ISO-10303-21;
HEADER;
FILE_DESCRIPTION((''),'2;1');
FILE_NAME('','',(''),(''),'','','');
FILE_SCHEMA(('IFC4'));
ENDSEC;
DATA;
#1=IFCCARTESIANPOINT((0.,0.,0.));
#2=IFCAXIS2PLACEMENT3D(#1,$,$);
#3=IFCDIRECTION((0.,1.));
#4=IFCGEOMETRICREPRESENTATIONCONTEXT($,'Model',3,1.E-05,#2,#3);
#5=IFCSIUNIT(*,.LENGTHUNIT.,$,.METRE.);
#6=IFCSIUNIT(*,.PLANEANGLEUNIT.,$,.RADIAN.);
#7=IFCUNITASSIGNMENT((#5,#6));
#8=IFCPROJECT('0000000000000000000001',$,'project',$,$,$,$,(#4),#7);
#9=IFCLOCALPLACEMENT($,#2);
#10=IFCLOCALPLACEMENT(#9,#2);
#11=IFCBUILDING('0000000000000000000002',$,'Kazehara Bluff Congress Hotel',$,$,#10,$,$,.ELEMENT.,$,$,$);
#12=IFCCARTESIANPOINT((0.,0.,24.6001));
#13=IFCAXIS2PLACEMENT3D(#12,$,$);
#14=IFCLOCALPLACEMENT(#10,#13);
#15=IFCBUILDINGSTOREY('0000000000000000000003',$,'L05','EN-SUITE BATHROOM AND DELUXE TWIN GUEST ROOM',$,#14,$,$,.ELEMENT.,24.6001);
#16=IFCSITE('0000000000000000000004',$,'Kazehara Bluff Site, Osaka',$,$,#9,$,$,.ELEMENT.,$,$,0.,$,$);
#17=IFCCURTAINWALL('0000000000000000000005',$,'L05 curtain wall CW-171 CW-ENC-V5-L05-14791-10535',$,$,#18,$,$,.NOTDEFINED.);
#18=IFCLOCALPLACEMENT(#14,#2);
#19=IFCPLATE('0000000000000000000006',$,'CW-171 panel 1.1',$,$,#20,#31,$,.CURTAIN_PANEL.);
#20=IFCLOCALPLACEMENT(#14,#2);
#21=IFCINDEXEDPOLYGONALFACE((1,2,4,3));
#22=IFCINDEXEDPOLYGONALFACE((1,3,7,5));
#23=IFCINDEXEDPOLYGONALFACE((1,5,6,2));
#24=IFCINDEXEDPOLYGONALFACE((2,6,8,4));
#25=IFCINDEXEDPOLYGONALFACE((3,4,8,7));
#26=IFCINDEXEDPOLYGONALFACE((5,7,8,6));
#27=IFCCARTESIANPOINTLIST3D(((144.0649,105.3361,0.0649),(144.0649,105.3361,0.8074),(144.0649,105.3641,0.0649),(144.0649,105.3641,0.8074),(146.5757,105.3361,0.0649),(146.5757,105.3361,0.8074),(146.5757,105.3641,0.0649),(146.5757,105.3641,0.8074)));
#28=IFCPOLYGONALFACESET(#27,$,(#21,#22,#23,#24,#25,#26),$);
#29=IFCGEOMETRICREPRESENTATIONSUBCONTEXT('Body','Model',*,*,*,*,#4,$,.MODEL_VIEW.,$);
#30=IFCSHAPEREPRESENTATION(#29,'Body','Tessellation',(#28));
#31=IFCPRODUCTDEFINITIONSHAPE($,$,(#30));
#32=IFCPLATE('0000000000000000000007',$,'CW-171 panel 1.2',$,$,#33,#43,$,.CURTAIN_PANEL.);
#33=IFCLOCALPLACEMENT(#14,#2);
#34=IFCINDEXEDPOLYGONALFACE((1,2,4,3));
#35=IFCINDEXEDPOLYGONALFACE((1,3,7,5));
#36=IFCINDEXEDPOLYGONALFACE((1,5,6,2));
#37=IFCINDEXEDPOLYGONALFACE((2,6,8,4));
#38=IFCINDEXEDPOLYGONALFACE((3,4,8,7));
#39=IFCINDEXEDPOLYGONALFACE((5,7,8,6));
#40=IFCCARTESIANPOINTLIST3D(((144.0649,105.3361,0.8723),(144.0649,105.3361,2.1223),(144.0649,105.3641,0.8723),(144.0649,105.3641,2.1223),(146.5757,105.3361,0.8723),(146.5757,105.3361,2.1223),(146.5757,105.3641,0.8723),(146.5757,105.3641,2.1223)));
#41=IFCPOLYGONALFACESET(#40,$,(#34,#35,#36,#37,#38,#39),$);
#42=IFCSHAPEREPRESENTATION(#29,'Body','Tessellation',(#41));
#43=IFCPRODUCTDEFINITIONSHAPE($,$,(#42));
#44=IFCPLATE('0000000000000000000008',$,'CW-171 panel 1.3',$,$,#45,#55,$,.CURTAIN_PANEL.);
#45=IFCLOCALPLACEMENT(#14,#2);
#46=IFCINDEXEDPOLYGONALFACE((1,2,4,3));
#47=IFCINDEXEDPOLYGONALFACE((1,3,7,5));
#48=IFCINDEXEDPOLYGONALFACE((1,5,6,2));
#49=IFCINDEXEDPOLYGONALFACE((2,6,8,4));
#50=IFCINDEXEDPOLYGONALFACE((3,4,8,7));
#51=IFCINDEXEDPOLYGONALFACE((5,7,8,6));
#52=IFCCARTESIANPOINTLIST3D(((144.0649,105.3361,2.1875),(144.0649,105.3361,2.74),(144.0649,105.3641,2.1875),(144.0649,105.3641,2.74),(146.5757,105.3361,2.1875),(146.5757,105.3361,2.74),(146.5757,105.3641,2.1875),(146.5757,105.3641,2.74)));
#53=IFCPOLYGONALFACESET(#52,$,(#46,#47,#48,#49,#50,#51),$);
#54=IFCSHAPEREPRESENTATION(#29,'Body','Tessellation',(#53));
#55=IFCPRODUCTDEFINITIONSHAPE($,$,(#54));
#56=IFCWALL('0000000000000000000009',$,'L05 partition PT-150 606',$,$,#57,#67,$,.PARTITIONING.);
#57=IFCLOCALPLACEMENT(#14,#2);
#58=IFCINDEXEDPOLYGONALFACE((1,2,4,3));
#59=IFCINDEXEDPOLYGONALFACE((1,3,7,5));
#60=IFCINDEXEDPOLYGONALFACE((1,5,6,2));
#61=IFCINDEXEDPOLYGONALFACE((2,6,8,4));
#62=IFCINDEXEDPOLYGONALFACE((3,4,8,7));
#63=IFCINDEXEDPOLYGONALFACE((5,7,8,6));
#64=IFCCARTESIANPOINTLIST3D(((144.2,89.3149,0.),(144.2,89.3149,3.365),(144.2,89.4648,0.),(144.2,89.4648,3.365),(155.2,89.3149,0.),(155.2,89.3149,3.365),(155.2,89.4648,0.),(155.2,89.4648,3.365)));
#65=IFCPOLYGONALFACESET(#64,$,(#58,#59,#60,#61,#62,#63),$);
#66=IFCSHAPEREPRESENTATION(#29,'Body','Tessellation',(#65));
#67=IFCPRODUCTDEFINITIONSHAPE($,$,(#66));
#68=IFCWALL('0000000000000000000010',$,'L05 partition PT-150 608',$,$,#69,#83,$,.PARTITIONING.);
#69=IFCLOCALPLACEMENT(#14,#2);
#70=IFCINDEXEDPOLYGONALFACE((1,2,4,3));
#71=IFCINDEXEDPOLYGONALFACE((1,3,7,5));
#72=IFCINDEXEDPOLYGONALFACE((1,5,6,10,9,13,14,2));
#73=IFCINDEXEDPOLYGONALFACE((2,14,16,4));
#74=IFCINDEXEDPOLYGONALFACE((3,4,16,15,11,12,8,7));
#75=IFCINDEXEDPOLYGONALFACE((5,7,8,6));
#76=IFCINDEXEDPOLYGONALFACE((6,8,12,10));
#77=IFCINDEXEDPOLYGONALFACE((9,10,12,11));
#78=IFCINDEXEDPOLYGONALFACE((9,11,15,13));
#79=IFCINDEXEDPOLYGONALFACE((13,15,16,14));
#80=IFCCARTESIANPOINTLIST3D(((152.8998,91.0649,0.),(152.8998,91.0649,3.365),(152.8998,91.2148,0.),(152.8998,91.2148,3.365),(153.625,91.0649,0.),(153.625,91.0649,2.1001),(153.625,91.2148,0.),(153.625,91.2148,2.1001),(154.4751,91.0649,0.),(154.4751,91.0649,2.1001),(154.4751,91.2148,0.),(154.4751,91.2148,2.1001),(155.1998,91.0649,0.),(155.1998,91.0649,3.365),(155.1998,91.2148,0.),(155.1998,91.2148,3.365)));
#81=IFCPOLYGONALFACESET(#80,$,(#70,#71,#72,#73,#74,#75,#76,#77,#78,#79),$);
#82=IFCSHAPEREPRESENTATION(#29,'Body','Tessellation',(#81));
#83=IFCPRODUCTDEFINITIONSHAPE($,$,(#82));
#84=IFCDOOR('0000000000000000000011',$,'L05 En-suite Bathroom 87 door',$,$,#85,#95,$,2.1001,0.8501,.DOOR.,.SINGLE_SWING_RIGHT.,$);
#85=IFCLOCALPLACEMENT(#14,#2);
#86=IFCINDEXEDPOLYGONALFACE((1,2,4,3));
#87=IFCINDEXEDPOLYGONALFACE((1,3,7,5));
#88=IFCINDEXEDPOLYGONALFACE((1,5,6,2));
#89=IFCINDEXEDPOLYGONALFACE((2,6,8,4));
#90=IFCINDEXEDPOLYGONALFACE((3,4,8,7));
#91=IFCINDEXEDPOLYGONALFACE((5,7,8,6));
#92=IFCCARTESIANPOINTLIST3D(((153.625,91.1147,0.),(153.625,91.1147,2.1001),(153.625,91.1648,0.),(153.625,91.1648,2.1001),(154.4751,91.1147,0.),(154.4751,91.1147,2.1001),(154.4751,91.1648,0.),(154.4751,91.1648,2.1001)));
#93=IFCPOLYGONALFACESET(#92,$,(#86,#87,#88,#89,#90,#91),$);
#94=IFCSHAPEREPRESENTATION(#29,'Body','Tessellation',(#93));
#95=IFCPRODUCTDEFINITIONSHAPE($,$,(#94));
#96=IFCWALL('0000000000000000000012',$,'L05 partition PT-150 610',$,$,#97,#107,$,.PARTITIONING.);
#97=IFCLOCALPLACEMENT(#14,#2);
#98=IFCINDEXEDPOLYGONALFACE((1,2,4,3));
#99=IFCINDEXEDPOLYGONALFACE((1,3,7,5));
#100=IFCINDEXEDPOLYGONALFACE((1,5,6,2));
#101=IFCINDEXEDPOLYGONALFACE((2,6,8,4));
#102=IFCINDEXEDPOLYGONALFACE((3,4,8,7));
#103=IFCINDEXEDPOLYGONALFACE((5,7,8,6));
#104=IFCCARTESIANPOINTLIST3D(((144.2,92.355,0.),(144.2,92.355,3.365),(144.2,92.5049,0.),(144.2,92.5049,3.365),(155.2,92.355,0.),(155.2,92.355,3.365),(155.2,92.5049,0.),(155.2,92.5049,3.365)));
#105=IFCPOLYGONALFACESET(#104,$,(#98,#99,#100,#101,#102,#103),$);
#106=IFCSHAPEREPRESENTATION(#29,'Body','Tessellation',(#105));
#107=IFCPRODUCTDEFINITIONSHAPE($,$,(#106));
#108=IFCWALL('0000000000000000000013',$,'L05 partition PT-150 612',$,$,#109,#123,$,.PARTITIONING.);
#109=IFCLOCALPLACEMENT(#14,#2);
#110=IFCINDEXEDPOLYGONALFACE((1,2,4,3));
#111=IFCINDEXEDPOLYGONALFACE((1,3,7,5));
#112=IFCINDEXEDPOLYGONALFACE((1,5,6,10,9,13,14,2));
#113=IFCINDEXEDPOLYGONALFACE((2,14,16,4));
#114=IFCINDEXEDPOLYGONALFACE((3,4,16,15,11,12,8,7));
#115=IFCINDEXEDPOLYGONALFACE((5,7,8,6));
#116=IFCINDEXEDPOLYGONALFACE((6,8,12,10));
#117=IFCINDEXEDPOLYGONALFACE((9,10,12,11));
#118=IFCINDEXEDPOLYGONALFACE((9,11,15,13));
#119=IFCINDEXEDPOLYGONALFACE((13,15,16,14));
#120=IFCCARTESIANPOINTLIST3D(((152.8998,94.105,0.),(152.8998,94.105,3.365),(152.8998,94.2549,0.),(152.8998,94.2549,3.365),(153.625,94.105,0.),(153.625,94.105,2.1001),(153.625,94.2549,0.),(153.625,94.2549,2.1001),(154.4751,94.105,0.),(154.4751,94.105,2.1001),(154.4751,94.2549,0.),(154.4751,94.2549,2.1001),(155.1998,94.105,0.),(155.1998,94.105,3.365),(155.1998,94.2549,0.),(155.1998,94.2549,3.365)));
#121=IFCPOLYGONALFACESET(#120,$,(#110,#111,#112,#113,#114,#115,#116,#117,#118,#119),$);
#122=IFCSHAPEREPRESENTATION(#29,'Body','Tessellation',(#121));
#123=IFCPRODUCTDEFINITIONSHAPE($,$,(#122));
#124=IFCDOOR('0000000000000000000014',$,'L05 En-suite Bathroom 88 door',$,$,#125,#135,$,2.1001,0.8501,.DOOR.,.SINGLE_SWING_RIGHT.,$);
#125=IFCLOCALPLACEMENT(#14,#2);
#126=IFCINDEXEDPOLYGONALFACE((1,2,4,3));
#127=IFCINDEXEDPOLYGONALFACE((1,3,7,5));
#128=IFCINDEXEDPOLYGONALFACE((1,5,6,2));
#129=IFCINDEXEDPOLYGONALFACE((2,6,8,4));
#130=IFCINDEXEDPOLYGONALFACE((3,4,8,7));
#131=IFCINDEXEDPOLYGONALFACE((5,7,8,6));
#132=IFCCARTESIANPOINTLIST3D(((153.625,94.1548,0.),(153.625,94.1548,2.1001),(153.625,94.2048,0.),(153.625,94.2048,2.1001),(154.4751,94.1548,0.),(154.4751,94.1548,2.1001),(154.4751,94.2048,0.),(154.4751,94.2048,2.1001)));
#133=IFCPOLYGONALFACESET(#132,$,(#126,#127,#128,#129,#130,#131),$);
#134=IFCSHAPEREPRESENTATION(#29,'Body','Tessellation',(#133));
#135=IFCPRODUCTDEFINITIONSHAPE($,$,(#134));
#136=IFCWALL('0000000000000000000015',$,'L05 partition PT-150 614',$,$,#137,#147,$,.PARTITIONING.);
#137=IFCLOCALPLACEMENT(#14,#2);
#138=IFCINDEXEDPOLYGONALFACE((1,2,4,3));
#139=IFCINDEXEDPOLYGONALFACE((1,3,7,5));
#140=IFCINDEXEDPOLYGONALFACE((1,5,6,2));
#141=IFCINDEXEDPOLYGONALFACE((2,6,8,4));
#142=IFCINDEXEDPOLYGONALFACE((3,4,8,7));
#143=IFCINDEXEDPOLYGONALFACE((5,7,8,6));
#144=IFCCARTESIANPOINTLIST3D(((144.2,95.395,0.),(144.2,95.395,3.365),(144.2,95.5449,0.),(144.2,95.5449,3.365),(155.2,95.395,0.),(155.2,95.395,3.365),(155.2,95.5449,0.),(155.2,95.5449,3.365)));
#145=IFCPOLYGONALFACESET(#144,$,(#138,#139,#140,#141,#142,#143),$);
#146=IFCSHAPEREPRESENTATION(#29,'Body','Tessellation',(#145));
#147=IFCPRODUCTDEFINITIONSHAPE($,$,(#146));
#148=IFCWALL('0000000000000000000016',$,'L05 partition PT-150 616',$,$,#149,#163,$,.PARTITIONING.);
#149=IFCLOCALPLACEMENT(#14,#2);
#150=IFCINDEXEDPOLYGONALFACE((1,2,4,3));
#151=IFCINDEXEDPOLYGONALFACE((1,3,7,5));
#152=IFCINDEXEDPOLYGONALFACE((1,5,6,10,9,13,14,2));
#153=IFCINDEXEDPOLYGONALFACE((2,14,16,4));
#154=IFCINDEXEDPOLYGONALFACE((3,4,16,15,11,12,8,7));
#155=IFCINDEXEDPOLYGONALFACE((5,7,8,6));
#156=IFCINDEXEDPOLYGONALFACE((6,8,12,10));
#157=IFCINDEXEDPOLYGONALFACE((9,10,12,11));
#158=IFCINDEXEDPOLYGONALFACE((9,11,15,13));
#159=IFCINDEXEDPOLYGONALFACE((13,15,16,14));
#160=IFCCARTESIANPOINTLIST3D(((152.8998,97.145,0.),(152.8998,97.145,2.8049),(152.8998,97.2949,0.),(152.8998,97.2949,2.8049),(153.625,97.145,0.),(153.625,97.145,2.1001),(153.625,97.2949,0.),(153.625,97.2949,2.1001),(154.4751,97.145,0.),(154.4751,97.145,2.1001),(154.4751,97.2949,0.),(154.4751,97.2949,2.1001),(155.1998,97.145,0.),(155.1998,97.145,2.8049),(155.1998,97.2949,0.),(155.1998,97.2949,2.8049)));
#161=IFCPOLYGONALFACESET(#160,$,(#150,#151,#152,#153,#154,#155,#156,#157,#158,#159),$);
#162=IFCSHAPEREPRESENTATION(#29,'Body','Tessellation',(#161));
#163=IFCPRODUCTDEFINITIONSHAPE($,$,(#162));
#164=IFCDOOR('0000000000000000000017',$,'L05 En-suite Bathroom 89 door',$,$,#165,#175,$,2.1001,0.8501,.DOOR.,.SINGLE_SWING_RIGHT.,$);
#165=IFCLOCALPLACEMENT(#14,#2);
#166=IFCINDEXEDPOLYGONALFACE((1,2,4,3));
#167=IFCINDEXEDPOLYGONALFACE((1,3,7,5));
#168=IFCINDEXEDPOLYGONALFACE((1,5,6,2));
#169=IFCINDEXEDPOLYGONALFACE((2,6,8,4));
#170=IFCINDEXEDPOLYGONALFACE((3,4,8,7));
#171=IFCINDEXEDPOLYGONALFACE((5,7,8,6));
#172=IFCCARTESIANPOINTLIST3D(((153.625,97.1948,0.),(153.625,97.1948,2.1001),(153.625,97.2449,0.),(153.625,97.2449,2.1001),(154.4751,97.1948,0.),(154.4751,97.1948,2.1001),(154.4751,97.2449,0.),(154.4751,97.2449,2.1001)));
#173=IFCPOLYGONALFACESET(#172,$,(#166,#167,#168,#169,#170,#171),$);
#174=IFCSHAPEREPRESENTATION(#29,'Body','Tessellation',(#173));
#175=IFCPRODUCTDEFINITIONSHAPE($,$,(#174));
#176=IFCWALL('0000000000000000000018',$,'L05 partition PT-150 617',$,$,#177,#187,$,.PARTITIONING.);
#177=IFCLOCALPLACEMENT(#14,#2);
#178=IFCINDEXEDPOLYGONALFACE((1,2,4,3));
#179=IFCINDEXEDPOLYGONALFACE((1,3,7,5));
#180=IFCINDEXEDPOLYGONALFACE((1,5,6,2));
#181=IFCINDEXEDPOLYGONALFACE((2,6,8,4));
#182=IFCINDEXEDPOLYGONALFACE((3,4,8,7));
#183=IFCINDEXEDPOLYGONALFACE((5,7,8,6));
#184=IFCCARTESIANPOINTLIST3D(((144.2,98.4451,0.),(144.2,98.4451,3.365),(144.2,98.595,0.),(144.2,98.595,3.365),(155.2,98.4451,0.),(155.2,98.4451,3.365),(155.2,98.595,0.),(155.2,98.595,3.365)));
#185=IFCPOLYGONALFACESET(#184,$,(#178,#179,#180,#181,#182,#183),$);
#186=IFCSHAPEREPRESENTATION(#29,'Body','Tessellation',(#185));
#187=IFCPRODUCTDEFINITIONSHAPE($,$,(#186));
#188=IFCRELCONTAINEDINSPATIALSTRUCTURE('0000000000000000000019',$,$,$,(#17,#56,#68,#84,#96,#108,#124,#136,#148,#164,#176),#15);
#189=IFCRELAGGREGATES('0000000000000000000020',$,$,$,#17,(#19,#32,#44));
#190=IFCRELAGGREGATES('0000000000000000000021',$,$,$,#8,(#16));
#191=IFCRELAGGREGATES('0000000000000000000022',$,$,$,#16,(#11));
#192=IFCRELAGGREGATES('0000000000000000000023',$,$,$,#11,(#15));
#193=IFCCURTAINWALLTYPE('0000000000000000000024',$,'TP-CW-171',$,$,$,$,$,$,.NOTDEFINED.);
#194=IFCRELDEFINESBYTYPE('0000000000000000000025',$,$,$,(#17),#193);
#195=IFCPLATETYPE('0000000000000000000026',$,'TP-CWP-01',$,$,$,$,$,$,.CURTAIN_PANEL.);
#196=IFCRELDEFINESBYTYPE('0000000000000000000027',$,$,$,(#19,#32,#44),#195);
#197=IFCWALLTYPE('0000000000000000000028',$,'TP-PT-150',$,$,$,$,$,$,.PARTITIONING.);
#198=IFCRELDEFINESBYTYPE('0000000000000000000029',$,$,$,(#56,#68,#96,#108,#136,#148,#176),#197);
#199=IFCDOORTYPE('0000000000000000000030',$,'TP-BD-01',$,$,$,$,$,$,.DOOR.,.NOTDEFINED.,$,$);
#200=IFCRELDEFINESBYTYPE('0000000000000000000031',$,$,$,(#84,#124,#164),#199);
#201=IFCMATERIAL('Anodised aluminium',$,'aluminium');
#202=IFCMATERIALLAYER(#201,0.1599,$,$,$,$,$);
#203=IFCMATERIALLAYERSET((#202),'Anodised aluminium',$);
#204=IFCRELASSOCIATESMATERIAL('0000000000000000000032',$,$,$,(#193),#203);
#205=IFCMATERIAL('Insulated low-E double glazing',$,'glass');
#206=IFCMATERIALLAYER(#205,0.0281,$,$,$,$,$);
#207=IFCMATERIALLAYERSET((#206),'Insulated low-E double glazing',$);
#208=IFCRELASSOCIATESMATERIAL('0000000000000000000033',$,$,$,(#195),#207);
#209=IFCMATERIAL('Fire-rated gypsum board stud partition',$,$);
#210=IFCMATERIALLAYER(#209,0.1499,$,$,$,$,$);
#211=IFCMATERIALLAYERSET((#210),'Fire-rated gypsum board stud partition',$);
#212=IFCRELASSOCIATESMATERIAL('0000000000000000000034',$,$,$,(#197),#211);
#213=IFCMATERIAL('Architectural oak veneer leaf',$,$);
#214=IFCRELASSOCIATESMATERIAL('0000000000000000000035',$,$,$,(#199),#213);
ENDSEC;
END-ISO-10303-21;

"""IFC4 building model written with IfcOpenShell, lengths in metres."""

from ifc_helpers import new_model, si_unit, direction, frame, frame_2d, origin, origin_2d, place, context, subcontext, project, spatial, rectangle, extrude, material, layer, layer_set, type_object, element, fill, aggregate, save


model = new_model("IFC4")

# Units and contexts
model_context = context("Model", 3, precision=1e-05, world=origin(), true_north=direction((0.0, 1.0)))
body_context = subcontext(model_context, "Body", "Model", "MODEL_VIEW")
ifc_project = project(units=[si_unit("LENGTHUNIT", "METRE"), si_unit("PLANEANGLEUNIT", "RADIAN")], contexts=[model_context])

# Site, building, storey
site_placement = place(None, origin())
site = spatial("IfcSite", under=ifc_project, at=site_placement, Name="Kazehara Bluff Site, Osaka", CompositionType="ELEMENT", RefElevation=0.0)
building_placement = place(site_placement, origin())
building = spatial("IfcBuilding", under=site, at=building_placement, Name="Kazehara Bluff Congress Hotel", CompositionType="ELEMENT")
storey_placement = place(building_placement, frame((0.0, 0.0, 24.6001)))
storey = spatial("IfcBuildingStorey", under=building, at=storey_placement, Name="L05", Description="EN-SUITE BATHROOM AND DELUXE TWIN GUEST ROOM", CompositionType="ELEMENT", Elevation=24.6001)

# Curtain wall
ifc_material_1 = material(Name="Anodised aluminium", Category="aluminium")
ifc_layer_1 = layer(ifc_material_1, 0.1599)
ifc_layer_set_1 = layer_set([ifc_layer_1], Name="Anodised aluminium")
curtain_wall_type = type_object("IfcCurtainWallType", Name="TP-CW-171", PredefinedType="NOTDEFINED", material=ifc_layer_set_1)
curtain_wall_placement = place(storey_placement, origin())
curtain_wall = element("IfcCurtainWall", 1, at=curtain_wall_placement, inside=storey, type_object=curtain_wall_type, Name="L05 curtain wall CW-171 CW-ENC-V5-L05-14791-10535", PredefinedType="NOTDEFINED")

# Plates
ifc_material_2 = material(Name="Insulated low-E double glazing", Category="glass")
ifc_layer_2 = layer(ifc_material_2, 0.0281)
ifc_layer_set_2 = layer_set([ifc_layer_2], Name="Insulated low-E double glazing")
plate_type = type_object("IfcPlateType", Name="TP-CWP-01", PredefinedType="CURTAIN_PANEL", material=ifc_layer_set_2)
plate_1_placement = place(storey_placement, frame((145.3203, 105.3501, 0.0649), z_axis=(0.0, 0.0, 1.0), x_axis=(1.0, 0.0, 0.0)))
plate_1 = element("IfcPlate", 2, at=plate_1_placement, type_object=plate_type, Name="CW-171 panel 1.1", PredefinedType="CURTAIN_PANEL", context=body_context, shape_type="SweptSolid", body=[
    extrude(rectangle(XDim=2.5107, YDim=0.0281, at=origin_2d()), origin(), (0.0, 0.0, 1.0), 0.7424),
])
plate_2_placement = place(storey_placement, frame((145.3203, 105.3501, 0.8723), z_axis=(0.0, 0.0, 1.0), x_axis=(1.0, 0.0, 0.0)))
plate_2 = element("IfcPlate", 3, at=plate_2_placement, type_object=plate_type, Name="CW-171 panel 1.2", PredefinedType="CURTAIN_PANEL", context=body_context, shape_type="SweptSolid", body=[
    extrude(rectangle(XDim=2.5107, YDim=0.0281, at=origin_2d()), origin(), (0.0, 0.0, 1.0), 1.25),
])
plate_3_placement = place(storey_placement, frame((145.3203, 105.3501, 2.1875), z_axis=(0.0, 0.0, 1.0), x_axis=(1.0, 0.0, 0.0)))
plate_3 = element("IfcPlate", 4, at=plate_3_placement, type_object=plate_type, Name="CW-171 panel 1.3", PredefinedType="CURTAIN_PANEL", context=body_context, shape_type="SweptSolid", body=[
    extrude(rectangle(XDim=2.5107, YDim=0.0281, at=origin_2d()), origin(), (0.0, 0.0, 1.0), 0.5525),
])
aggregate(curtain_wall, [plate_1, plate_2, plate_3])

# Wall
ifc_material_3 = material(Name="Fire-rated gypsum board stud partition")
ifc_layer_3 = layer(ifc_material_3, 0.1499)
ifc_layer_set_3 = layer_set([ifc_layer_3], Name="Fire-rated gypsum board stud partition")
wall_type = type_object("IfcWallType", Name="TP-PT-150", PredefinedType="PARTITIONING", material=ifc_layer_set_3)
wall_1_placement = place(storey_placement, frame((144.2, 89.3899, 0.0), z_axis=(0.0, 0.0, 1.0), x_axis=(1.0, 0.0, 0.0)))
element("IfcWall", 5, at=wall_1_placement, inside=storey, type_object=wall_type, Name="L05 partition PT-150 606", PredefinedType="PARTITIONING", context=body_context, shape_type="SweptSolid", body=[
    extrude(rectangle(XDim=11.0, YDim=0.1499, at=frame_2d((5.5, 0.0))), origin(), (0.0, 0.0, 1.0), 3.365),
])

# Wall, opening, door
wall_2_placement = place(storey_placement, frame((152.8999, 91.1399, 0.0), z_axis=(0.0, 0.0, 1.0), x_axis=(1.0, 0.0, 0.0)))
wall_2 = element("IfcWall", 6, at=wall_2_placement, inside=storey, type_object=wall_type, Name="L05 partition PT-150 608", PredefinedType="PARTITIONING", context=body_context, shape_type="SweptSolid", body=[
    extrude(rectangle(XDim=2.3, YDim=0.1499, at=frame_2d((1.1499, 0.0))), origin(), (0.0, 0.0, 1.0), 3.365),
])
opening_1_placement = place(wall_2_placement, frame((0.7251, 0.0, 0.0)))
opening_1 = element("IfcOpeningElement", 7, at=opening_1_placement, cuts=wall_2, PredefinedType="OPENING", context=body_context, shape_type="SweptSolid", body=[
    extrude(rectangle(XDim=0.8501, YDim=2.1001, at=frame_2d((0.425, 1.05))), frame((0.0, 0.085, 0.0), z_axis=(0.0, -1.0, 0.0), x_axis=(1.0, 0.0, 0.0)), (0.0, 0.0, 1.0), 0.1699),
])
ifc_material_4 = material(Name="Architectural oak veneer leaf")
door_type = type_object("IfcDoorType", Name="TP-BD-01", OperationType="NOTDEFINED", PredefinedType="DOOR", material=ifc_material_4)
door_1_placement = place(opening_1_placement, origin())
door_1 = element("IfcDoor", 8, at=door_1_placement, inside=storey, type_object=door_type, Name="L05 En-suite Bathroom 87 door", OperationType="SINGLE_SWING_RIGHT", OverallHeight=2.1001, OverallWidth=0.8501, PredefinedType="DOOR", context=body_context, shape_type="SweptSolid", body=[
    extrude(rectangle(XDim=0.8501, YDim=2.1001, at=frame_2d((0.425, 1.05))), frame((0.0, 0.0249, 0.0), z_axis=(0.0, -1.0, 0.0), x_axis=(1.0, 0.0, 0.0)), (0.0, 0.0, 1.0), 0.05),
])
fill(opening_1, door_1)

# Wall
wall_3_placement = place(storey_placement, frame((144.2, 92.4299, 0.0), z_axis=(0.0, 0.0, 1.0), x_axis=(1.0, 0.0, 0.0)))
element("IfcWall", 9, at=wall_3_placement, inside=storey, type_object=wall_type, Name="L05 partition PT-150 610", PredefinedType="PARTITIONING", context=body_context, shape_type="SweptSolid", body=[
    extrude(rectangle(XDim=11.0, YDim=0.1499, at=frame_2d((5.5, 0.0))), origin(), (0.0, 0.0, 1.0), 3.365),
])

# Wall, opening, door
wall_4_placement = place(storey_placement, frame((152.8999, 94.1799, 0.0), z_axis=(0.0, 0.0, 1.0), x_axis=(1.0, 0.0, 0.0)))
wall_4 = element("IfcWall", 10, at=wall_4_placement, inside=storey, type_object=wall_type, Name="L05 partition PT-150 612", PredefinedType="PARTITIONING", context=body_context, shape_type="SweptSolid", body=[
    extrude(rectangle(XDim=2.3, YDim=0.1499, at=frame_2d((1.1499, 0.0))), origin(), (0.0, 0.0, 1.0), 3.365),
])
opening_2_placement = place(wall_4_placement, frame((0.7251, 0.0, 0.0)))
opening_2 = element("IfcOpeningElement", 11, at=opening_2_placement, cuts=wall_4, PredefinedType="OPENING", context=body_context, shape_type="SweptSolid", body=[
    extrude(rectangle(XDim=0.8501, YDim=2.1001, at=frame_2d((0.425, 1.05))), frame((0.0, 0.085, 0.0), z_axis=(0.0, -1.0, 0.0), x_axis=(1.0, 0.0, 0.0)), (0.0, 0.0, 1.0), 0.1699),
])
door_2_placement = place(opening_2_placement, origin())
door_2 = element("IfcDoor", 12, at=door_2_placement, inside=storey, type_object=door_type, Name="L05 En-suite Bathroom 88 door", OperationType="SINGLE_SWING_RIGHT", OverallHeight=2.1001, OverallWidth=0.8501, PredefinedType="DOOR", context=body_context, shape_type="SweptSolid", body=[
    extrude(rectangle(XDim=0.8501, YDim=2.1001, at=frame_2d((0.425, 1.05))), frame((0.0, 0.0249, 0.0), z_axis=(0.0, -1.0, 0.0), x_axis=(1.0, 0.0, 0.0)), (0.0, 0.0, 1.0), 0.05),
])
fill(opening_2, door_2)

# Wall
wall_5_placement = place(storey_placement, frame((144.2, 95.47, 0.0), z_axis=(0.0, 0.0, 1.0), x_axis=(1.0, 0.0, 0.0)))
element("IfcWall", 13, at=wall_5_placement, inside=storey, type_object=wall_type, Name="L05 partition PT-150 614", PredefinedType="PARTITIONING", context=body_context, shape_type="SweptSolid", body=[
    extrude(rectangle(XDim=11.0, YDim=0.1499, at=frame_2d((5.5, 0.0))), origin(), (0.0, 0.0, 1.0), 3.365),
])

# Wall, opening, door
wall_6_placement = place(storey_placement, frame((152.8999, 97.22, 0.0), z_axis=(0.0, 0.0, 1.0), x_axis=(1.0, 0.0, 0.0)))
wall_6 = element("IfcWall", 14, at=wall_6_placement, inside=storey, type_object=wall_type, Name="L05 partition PT-150 616", PredefinedType="PARTITIONING", context=body_context, shape_type="SweptSolid", body=[
    extrude(rectangle(XDim=2.3, YDim=0.1499, at=frame_2d((1.1499, 0.0))), origin(), (0.0, 0.0, 1.0), 2.8049),
])
opening_3_placement = place(wall_6_placement, frame((0.7251, 0.0, 0.0)))
opening_3 = element("IfcOpeningElement", 15, at=opening_3_placement, cuts=wall_6, PredefinedType="OPENING", context=body_context, shape_type="SweptSolid", body=[
    extrude(rectangle(XDim=0.8501, YDim=2.1001, at=frame_2d((0.425, 1.05))), frame((0.0, 0.085, 0.0), z_axis=(0.0, -1.0, 0.0), x_axis=(1.0, 0.0, 0.0)), (0.0, 0.0, 1.0), 0.1699),
])
door_3_placement = place(opening_3_placement, origin())
door_3 = element("IfcDoor", 16, at=door_3_placement, inside=storey, type_object=door_type, Name="L05 En-suite Bathroom 89 door", OperationType="SINGLE_SWING_RIGHT", OverallHeight=2.1001, OverallWidth=0.8501, PredefinedType="DOOR", context=body_context, shape_type="SweptSolid", body=[
    extrude(rectangle(XDim=0.8501, YDim=2.1001, at=frame_2d((0.425, 1.05))), frame((0.0, 0.0249, 0.0), z_axis=(0.0, -1.0, 0.0), x_axis=(1.0, 0.0, 0.0)), (0.0, 0.0, 1.0), 0.05),
])
fill(opening_3, door_3)

# Wall
wall_7_placement = place(storey_placement, frame((144.2, 98.52, 0.0), z_axis=(0.0, 0.0, 1.0), x_axis=(1.0, 0.0, 0.0)))
element("IfcWall", 17, at=wall_7_placement, inside=storey, type_object=wall_type, Name="L05 partition PT-150 617", PredefinedType="PARTITIONING", context=body_context, shape_type="SweptSolid", body=[
    extrude(rectangle(XDim=11.0, YDim=0.1499, at=frame_2d((5.5, 0.0))), origin(), (0.0, 0.0, 1.0), 3.365),
])

save(model, "model.ifc")
